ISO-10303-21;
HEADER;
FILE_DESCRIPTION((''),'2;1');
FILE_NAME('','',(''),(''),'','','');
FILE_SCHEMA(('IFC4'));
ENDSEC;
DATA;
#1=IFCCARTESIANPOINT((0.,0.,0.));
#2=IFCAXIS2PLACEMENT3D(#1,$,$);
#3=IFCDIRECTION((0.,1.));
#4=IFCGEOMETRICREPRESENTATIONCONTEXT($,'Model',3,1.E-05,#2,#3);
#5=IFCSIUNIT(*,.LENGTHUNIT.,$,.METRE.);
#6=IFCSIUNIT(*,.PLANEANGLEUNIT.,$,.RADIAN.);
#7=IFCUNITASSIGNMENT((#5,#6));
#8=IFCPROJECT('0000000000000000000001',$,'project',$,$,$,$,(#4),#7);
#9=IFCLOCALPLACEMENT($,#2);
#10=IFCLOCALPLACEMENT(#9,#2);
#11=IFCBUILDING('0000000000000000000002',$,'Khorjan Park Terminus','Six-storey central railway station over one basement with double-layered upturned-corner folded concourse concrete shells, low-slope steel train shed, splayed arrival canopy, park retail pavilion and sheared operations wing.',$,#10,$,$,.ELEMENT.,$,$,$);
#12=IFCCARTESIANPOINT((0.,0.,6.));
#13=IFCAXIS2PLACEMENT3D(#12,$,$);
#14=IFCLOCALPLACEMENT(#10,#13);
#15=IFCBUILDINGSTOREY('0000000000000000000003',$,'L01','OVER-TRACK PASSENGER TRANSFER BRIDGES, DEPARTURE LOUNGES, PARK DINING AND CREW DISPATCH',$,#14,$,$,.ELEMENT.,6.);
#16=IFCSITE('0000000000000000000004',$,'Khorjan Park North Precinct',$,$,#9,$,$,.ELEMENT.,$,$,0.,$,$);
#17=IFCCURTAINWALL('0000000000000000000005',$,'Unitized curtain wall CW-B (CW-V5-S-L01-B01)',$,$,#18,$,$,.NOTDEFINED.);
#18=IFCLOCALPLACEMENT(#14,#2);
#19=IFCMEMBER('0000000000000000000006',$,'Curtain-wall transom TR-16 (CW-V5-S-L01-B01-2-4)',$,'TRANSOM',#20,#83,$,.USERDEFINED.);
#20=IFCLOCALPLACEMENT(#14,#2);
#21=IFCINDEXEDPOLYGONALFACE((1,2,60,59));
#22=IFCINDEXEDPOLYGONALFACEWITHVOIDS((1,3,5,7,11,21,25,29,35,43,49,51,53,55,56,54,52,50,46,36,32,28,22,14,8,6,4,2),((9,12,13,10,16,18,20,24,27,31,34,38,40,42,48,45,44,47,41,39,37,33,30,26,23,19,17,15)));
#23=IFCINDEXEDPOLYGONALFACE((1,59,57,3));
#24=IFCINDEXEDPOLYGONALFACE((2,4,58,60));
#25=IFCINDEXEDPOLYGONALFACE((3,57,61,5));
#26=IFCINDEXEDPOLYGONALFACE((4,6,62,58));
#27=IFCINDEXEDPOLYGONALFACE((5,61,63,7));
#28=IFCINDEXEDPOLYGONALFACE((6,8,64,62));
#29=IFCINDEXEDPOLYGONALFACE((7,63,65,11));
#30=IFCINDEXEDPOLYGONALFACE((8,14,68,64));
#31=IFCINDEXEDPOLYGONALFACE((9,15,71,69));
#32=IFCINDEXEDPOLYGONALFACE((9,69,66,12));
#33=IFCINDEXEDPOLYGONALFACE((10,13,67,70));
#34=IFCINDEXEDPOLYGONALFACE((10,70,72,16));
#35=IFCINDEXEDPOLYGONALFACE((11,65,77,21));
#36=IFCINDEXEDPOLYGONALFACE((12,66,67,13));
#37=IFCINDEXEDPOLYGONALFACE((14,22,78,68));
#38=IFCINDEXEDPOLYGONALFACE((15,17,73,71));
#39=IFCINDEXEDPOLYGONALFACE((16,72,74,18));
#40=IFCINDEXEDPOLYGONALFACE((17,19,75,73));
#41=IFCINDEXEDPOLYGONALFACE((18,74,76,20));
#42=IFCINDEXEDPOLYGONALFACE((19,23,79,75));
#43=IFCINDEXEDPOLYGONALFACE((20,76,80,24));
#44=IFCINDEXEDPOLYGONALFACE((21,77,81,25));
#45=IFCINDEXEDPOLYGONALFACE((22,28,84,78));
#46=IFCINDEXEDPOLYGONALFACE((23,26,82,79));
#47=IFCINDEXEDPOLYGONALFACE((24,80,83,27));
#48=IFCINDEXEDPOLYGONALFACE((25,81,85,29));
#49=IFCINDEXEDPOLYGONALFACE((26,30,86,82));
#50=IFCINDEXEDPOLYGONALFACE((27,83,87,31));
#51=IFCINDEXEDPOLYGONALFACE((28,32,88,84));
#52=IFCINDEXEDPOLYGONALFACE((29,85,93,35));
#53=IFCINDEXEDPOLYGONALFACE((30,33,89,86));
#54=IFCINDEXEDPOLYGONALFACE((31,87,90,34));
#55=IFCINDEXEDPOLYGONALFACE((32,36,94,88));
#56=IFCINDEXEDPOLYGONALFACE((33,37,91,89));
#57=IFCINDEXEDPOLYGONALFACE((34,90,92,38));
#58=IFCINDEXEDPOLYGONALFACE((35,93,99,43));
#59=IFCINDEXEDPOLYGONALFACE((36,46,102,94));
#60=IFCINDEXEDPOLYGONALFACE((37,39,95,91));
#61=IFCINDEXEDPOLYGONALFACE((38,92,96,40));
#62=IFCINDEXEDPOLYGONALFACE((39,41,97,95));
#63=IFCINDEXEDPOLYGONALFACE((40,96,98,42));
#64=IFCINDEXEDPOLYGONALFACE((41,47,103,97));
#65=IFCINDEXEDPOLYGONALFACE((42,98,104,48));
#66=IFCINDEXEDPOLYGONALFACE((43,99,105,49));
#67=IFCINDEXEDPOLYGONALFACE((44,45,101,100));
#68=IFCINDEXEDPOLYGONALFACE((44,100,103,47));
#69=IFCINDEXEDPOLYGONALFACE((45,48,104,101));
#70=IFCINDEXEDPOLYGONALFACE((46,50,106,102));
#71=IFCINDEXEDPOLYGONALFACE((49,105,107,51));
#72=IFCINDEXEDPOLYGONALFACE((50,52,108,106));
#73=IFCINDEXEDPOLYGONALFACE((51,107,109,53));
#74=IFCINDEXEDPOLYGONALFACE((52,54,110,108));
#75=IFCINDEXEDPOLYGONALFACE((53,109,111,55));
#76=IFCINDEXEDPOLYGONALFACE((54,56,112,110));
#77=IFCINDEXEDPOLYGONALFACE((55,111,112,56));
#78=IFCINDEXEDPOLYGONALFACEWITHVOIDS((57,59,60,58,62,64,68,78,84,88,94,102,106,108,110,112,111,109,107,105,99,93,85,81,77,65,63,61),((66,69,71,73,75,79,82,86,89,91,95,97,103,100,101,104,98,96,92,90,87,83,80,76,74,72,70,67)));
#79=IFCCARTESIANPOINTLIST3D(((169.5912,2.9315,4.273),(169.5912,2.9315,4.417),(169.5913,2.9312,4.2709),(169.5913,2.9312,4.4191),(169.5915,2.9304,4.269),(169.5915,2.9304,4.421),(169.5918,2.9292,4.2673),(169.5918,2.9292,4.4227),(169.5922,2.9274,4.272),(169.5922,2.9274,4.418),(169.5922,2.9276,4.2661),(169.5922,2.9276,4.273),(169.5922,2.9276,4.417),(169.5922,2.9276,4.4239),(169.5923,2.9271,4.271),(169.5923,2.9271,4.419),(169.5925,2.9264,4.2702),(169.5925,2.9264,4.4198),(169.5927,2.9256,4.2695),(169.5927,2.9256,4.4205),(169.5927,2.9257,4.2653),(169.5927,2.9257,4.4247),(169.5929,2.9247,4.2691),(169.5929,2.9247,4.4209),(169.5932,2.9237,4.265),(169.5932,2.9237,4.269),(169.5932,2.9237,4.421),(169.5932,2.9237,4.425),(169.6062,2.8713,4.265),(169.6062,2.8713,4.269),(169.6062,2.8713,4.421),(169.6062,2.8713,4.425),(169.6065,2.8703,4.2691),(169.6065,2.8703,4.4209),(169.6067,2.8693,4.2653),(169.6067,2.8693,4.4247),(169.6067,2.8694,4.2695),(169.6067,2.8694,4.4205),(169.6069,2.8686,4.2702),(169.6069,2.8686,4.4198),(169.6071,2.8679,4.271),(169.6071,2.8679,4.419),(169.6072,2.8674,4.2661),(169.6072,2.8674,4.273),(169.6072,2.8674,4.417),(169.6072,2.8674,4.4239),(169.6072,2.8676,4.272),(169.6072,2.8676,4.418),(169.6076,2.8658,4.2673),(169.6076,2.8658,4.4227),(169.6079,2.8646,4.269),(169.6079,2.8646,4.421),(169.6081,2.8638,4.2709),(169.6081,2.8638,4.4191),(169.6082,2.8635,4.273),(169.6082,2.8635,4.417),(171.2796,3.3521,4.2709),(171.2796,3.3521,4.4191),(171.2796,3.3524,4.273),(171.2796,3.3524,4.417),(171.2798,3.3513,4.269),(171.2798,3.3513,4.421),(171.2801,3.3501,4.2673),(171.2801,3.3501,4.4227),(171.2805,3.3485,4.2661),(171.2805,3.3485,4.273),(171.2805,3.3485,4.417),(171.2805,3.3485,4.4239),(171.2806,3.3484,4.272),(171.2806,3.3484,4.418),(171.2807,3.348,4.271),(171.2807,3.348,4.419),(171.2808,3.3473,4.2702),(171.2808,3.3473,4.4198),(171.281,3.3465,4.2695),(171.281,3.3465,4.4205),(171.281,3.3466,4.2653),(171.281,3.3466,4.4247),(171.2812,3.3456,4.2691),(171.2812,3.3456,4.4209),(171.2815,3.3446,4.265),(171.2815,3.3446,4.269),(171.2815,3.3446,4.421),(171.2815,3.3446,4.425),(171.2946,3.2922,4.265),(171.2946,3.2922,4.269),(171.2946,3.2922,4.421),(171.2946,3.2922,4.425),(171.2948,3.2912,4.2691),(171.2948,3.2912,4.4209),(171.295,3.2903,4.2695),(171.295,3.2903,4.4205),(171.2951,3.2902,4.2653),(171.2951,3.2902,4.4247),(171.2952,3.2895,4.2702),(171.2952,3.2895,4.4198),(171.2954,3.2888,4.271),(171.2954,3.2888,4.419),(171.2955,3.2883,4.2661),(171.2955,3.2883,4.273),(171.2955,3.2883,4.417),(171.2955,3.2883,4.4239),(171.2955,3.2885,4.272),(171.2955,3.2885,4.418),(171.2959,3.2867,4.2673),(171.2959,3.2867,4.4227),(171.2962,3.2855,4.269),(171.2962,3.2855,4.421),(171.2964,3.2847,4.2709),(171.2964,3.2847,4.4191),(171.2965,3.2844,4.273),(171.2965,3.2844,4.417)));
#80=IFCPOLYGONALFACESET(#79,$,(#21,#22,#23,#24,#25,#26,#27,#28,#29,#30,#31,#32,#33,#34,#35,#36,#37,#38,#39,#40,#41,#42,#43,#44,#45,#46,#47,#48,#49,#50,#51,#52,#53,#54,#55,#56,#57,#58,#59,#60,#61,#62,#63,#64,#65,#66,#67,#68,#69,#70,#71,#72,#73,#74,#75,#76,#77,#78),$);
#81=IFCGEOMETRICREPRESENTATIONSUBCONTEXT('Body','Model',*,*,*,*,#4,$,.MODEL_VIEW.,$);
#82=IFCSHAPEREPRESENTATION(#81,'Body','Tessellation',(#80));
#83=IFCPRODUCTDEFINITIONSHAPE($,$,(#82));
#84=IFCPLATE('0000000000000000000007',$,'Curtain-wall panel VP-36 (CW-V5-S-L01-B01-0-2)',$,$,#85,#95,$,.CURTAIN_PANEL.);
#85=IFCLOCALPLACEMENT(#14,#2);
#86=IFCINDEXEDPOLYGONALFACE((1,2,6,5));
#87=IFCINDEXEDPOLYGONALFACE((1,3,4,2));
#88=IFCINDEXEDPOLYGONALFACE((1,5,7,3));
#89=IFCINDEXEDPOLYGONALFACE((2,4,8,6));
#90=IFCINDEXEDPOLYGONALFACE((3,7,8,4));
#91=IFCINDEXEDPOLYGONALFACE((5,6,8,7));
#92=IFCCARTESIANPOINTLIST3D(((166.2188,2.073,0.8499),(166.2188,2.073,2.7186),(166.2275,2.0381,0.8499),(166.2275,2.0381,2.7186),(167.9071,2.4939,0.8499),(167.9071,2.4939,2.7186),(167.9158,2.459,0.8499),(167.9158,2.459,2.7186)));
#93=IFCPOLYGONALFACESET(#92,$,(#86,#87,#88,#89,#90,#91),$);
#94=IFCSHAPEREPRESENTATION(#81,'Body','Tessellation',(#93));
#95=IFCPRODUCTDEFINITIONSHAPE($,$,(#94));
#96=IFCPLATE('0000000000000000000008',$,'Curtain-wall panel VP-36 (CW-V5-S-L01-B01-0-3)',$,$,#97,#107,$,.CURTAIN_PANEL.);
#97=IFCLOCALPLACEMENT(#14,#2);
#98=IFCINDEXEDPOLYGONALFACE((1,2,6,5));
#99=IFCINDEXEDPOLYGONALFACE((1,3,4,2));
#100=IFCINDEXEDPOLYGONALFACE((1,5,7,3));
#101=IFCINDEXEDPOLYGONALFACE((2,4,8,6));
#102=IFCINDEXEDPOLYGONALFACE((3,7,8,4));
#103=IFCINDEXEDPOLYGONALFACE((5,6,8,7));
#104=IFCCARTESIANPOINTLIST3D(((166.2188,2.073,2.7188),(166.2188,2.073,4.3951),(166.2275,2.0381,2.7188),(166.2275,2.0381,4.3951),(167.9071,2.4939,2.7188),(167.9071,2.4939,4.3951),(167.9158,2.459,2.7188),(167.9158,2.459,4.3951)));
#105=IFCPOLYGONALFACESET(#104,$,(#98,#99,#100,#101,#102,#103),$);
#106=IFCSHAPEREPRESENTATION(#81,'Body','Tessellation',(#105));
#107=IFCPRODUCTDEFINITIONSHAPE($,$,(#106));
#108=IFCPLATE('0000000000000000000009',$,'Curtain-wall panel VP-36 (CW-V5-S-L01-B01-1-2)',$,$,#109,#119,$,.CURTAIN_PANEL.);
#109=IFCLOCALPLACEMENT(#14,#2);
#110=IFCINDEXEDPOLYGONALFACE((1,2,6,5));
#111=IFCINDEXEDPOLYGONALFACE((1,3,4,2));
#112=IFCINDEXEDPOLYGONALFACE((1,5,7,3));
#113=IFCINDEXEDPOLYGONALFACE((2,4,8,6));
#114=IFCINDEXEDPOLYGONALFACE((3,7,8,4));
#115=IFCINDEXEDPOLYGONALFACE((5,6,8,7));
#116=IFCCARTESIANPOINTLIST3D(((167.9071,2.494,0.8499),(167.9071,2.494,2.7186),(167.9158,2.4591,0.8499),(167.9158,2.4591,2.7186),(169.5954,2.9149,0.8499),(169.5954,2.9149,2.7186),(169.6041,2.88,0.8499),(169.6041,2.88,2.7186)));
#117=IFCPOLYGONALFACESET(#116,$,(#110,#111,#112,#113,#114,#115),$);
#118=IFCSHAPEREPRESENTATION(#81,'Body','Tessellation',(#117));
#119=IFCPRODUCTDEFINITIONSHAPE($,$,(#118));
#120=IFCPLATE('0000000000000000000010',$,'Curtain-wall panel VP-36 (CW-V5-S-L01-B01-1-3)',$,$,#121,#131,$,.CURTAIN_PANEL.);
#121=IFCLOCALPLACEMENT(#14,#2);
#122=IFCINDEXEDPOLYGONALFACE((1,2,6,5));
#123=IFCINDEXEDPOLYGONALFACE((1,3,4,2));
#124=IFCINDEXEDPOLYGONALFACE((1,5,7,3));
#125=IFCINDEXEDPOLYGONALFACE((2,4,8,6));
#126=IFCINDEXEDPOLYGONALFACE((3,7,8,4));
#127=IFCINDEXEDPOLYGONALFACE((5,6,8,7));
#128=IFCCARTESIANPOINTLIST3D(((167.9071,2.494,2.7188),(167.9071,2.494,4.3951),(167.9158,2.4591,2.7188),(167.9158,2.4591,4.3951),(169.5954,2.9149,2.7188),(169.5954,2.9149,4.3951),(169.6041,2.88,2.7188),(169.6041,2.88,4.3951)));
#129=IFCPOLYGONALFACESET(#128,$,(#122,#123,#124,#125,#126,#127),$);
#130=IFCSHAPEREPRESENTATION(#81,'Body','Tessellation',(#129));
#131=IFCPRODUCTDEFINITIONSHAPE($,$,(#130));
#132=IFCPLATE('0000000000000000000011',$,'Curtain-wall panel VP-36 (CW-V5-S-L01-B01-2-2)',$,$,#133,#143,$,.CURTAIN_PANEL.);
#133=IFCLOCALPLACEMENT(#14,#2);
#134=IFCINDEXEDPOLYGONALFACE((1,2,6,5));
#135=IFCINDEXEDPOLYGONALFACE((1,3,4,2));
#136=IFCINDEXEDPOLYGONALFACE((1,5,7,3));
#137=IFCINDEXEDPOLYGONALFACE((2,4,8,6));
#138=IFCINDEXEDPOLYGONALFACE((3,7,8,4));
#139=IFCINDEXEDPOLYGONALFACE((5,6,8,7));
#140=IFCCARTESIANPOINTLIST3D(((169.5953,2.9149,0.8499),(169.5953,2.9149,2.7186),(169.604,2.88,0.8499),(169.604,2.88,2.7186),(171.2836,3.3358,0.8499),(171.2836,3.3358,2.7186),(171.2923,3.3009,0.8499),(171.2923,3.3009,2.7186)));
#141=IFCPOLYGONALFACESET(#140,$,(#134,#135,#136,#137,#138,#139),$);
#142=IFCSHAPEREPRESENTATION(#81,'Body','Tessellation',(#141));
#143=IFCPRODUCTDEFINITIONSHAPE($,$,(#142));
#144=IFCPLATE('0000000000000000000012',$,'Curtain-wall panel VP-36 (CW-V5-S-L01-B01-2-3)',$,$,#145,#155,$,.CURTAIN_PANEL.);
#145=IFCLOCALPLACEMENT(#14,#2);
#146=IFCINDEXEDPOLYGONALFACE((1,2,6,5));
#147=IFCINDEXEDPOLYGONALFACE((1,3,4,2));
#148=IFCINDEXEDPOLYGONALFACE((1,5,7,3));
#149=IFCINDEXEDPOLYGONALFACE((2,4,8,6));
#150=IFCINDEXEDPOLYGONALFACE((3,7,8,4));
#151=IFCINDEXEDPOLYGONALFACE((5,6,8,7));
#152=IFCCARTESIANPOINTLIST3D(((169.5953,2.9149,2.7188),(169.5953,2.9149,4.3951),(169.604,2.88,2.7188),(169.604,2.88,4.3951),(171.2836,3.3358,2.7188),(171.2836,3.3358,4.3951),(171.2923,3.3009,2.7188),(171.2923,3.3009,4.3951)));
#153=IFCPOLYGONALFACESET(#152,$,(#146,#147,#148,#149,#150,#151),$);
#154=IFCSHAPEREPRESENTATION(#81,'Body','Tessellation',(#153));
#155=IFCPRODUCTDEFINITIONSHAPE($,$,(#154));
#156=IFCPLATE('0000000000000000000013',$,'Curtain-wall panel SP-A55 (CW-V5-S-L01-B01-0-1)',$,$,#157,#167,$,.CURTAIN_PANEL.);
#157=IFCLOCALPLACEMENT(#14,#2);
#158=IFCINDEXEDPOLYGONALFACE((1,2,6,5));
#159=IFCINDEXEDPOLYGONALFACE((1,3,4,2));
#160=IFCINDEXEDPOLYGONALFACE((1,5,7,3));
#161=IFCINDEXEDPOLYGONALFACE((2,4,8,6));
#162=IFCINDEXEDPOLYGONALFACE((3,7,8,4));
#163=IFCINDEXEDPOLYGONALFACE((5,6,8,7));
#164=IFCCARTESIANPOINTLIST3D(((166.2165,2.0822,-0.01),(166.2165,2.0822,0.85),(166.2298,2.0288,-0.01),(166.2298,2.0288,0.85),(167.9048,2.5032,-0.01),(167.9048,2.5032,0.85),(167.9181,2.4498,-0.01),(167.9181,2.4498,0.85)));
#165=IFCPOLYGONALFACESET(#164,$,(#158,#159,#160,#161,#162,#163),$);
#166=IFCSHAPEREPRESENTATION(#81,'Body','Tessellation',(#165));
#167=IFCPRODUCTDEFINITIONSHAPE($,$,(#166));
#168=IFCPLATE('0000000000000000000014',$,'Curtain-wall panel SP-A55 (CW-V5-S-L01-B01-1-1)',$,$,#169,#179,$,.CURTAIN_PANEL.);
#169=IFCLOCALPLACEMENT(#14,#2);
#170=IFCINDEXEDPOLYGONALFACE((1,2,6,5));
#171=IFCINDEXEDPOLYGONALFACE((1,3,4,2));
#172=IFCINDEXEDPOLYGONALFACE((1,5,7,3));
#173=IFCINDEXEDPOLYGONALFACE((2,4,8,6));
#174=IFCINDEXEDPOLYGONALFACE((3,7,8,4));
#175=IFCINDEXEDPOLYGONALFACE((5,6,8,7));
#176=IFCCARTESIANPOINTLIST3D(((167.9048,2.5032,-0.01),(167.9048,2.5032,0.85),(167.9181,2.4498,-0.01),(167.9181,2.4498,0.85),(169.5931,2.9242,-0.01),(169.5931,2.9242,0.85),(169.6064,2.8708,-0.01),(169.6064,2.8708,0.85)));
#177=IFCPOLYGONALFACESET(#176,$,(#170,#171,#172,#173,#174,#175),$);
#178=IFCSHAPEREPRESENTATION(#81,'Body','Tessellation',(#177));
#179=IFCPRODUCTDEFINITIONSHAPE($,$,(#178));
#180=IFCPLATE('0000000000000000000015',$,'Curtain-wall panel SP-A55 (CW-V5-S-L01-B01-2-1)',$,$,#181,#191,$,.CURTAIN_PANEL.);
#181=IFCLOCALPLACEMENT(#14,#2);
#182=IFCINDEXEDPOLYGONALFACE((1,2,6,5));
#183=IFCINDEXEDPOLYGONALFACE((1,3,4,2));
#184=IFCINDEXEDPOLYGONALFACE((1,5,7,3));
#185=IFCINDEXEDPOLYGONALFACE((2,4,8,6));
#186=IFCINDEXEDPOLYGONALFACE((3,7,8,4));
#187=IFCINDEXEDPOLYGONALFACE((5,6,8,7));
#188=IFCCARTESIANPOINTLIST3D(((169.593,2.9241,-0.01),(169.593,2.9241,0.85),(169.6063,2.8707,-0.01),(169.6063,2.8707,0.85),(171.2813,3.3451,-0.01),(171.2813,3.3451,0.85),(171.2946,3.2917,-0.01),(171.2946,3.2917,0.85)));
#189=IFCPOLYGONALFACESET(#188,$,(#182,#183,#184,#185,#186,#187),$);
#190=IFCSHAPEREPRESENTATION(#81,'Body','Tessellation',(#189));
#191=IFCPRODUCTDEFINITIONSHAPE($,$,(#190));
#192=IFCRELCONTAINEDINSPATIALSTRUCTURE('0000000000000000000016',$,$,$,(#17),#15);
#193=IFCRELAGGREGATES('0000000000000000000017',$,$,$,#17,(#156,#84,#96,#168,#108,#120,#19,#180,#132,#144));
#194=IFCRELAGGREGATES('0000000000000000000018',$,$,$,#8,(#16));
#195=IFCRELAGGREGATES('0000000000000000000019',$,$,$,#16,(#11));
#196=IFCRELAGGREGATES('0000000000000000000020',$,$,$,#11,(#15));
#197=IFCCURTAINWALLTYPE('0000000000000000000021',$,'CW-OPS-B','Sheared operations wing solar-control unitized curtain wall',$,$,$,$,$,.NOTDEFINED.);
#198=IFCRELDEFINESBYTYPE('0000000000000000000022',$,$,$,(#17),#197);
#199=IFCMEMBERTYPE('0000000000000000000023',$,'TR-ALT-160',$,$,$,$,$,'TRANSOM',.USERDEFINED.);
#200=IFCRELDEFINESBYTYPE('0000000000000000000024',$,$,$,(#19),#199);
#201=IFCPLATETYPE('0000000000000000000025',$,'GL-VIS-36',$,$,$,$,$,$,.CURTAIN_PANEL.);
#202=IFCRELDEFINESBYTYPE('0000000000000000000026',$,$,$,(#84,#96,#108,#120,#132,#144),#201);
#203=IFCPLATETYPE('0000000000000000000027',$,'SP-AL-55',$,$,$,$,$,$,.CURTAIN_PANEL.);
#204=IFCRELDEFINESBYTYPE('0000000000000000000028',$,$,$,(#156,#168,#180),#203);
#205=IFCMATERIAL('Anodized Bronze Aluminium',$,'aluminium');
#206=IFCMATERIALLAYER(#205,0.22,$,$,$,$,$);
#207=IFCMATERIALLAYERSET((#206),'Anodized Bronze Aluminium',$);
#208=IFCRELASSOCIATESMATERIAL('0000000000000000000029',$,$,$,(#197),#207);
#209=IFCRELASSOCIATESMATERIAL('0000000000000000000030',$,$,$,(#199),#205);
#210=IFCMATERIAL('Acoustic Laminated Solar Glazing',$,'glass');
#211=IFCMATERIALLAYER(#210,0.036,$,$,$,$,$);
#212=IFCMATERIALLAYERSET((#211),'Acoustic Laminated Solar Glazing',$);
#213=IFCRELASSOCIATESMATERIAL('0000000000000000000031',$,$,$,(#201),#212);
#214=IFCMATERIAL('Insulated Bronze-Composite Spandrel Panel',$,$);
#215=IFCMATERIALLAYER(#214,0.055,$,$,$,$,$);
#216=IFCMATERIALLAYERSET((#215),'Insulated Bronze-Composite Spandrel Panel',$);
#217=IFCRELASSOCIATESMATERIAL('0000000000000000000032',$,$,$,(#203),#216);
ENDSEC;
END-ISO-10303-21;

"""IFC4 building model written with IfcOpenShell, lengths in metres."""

from ifc_helpers import new_model, si_unit, direction, frame, origin, origin_2d, place, context, subcontext, project, spatial, rectangle, hollow_rectangle, extrude, material, layer, layer_set, material_profile, profile_set, type_object, element, aggregate, save


model = new_model("IFC4")

# Units and contexts
model_context = context("Model", 3, precision=1e-05, world=origin(), true_north=direction((0.0, 1.0)))
body_context = subcontext(model_context, "Body", "Model", "MODEL_VIEW")
ifc_project = project(units=[si_unit("LENGTHUNIT", "METRE"), si_unit("PLANEANGLEUNIT", "RADIAN")], contexts=[model_context])

# Site, building, storey
site_placement = place(None, origin())
site = spatial("IfcSite", under=ifc_project, at=site_placement, Name="Khorjan Park North Precinct", CompositionType="ELEMENT", RefElevation=0.0)
building_placement = place(site_placement, origin())
building = spatial("IfcBuilding", under=site, at=building_placement, Name="Khorjan Park Terminus", Description="Six-storey central railway station over one basement with double-layered upturned-corner folded concourse concrete shells, low-slope steel train shed, splayed arrival canopy, park retail pavilion and sheared operations wing.", CompositionType="ELEMENT")
storey_placement = place(building_placement, frame((0.0, 0.0, 6.0)))
storey = spatial("IfcBuildingStorey", under=building, at=storey_placement, Name="L01", Description="OVER-TRACK PASSENGER TRANSFER BRIDGES, DEPARTURE LOUNGES, PARK DINING AND CREW DISPATCH", CompositionType="ELEMENT", Elevation=6.0)

# Curtain wall, member, plates
ifc_material_1 = material(Name="Anodized Bronze Aluminium", Category="aluminium")
ifc_layer_1 = layer(ifc_material_1, 0.22)
ifc_layer_set_1 = layer_set([ifc_layer_1], Name="Anodized Bronze Aluminium")
curtain_wall_type = type_object("IfcCurtainWallType", Name="CW-OPS-B", Description="Sheared operations wing solar-control unitized curtain wall", PredefinedType="NOTDEFINED", material=ifc_layer_set_1)
curtain_wall_placement = place(storey_placement, origin())
curtain_wall = element("IfcCurtainWall", 1, at=curtain_wall_placement, inside=storey, type_object=curtain_wall_type, Name="Unitized curtain wall CW-B (CW-V5-S-L01-B01)", PredefinedType="NOTDEFINED")
ifc_material_profile_1 = material_profile(ifc_material_1, hollow_rectangle(XDim=0.07, YDim=0.16, WallThickness=0.004, InnerFilletRadius=0.004, OuterFilletRadius=0.008, at=origin_2d()), Name="ALT 70x160x4")
ifc_profile_set_1 = profile_set([ifc_material_profile_1], Name="Anodized Bronze Aluminium")
member_type_1 = type_object("IfcMemberType", Name="TR-ALT-160", ElementType="TRANSOM", PredefinedType="USERDEFINED", material=ifc_profile_set_1)
member_1_placement = place(storey_placement, frame((169.5997, 2.8975, 4.345), z_axis=(0.970301, 0.2419, 0.0), x_axis=(-0.2419, 0.970301, 0.0)))
member_1 = element("IfcMember", 2, at=member_1_placement, type_object=member_type_1, Name="Curtain-wall transom TR-16 (CW-V5-S-L01-B01-2-4)", ObjectType="TRANSOM", PredefinedType="USERDEFINED", context=body_context, shape_type="SweptSolid", body=[
    extrude(hollow_rectangle(XDim=0.07, YDim=0.16, WallThickness=0.004, InnerFilletRadius=0.004, OuterFilletRadius=0.008, at=origin_2d()), origin(), (0.0, 0.0, 1.0), 1.74),
])
ifc_material_2 = material(Name="Acoustic Laminated Solar Glazing", Category="glass")
ifc_layer_2 = layer(ifc_material_2, 0.036)
ifc_layer_set_2 = layer_set([ifc_layer_2], Name="Acoustic Laminated Solar Glazing")
plate_type_1 = type_object("IfcPlateType", Name="GL-VIS-36", PredefinedType="CURTAIN_PANEL", material=ifc_layer_set_2)
plate_1_placement = place(storey_placement, frame((167.0673, 2.266, 0.8499), z_axis=(0.0, 0.0, 1.0), x_axis=(0.970296, 0.241923, 0.0)))
plate_1 = element("IfcPlate", 3, at=plate_1_placement, type_object=plate_type_1, Name="Curtain-wall panel VP-36 (CW-V5-S-L01-B01-0-2)", PredefinedType="CURTAIN_PANEL", context=body_context, shape_type="SweptSolid", body=[
    extrude(rectangle(XDim=1.74, YDim=0.036, at=origin_2d()), origin(), (0.0, 0.0, 1.0), 1.8687),
])
plate_2_placement = place(storey_placement, frame((167.0673, 2.266, 2.7188), z_axis=(0.0, 0.0, 1.0), x_axis=(0.970296, 0.241923, 0.0)))
plate_2 = element("IfcPlate", 4, at=plate_2_placement, type_object=plate_type_1, Name="Curtain-wall panel VP-36 (CW-V5-S-L01-B01-0-3)", PredefinedType="CURTAIN_PANEL", context=body_context, shape_type="SweptSolid", body=[
    extrude(rectangle(XDim=1.74, YDim=0.036, at=origin_2d()), origin(), (0.0, 0.0, 1.0), 1.6763),
])
plate_3_placement = place(storey_placement, frame((168.7556, 2.687, 0.8499), z_axis=(0.0, 0.0, 1.0), x_axis=(0.970296, 0.241923, 0.0)))
plate_3 = element("IfcPlate", 5, at=plate_3_placement, type_object=plate_type_1, Name="Curtain-wall panel VP-36 (CW-V5-S-L01-B01-1-2)", PredefinedType="CURTAIN_PANEL", context=body_context, shape_type="SweptSolid", body=[
    extrude(rectangle(XDim=1.74, YDim=0.036, at=origin_2d()), origin(), (0.0, 0.0, 1.0), 1.8687),
])
plate_4_placement = place(storey_placement, frame((168.7556, 2.687, 2.7188), z_axis=(0.0, 0.0, 1.0), x_axis=(0.970296, 0.241923, 0.0)))
plate_4 = element("IfcPlate", 6, at=plate_4_placement, type_object=plate_type_1, Name="Curtain-wall panel VP-36 (CW-V5-S-L01-B01-1-3)", PredefinedType="CURTAIN_PANEL", context=body_context, shape_type="SweptSolid", body=[
    extrude(rectangle(XDim=1.74, YDim=0.036, at=origin_2d()), origin(), (0.0, 0.0, 1.0), 1.6763),
])
plate_5_placement = place(storey_placement, frame((170.4438, 3.1079, 0.8499), z_axis=(0.0, 0.0, 1.0), x_axis=(0.970296, 0.241923, 0.0)))
plate_5 = element("IfcPlate", 7, at=plate_5_placement, type_object=plate_type_1, Name="Curtain-wall panel VP-36 (CW-V5-S-L01-B01-2-2)", PredefinedType="CURTAIN_PANEL", context=body_context, shape_type="SweptSolid", body=[
    extrude(rectangle(XDim=1.74, YDim=0.036, at=origin_2d()), origin(), (0.0, 0.0, 1.0), 1.8687),
])
plate_6_placement = place(storey_placement, frame((170.4438, 3.1079, 2.7188), z_axis=(0.0, 0.0, 1.0), x_axis=(0.970296, 0.241923, 0.0)))
plate_6 = element("IfcPlate", 8, at=plate_6_placement, type_object=plate_type_1, Name="Curtain-wall panel VP-36 (CW-V5-S-L01-B01-2-3)", PredefinedType="CURTAIN_PANEL", context=body_context, shape_type="SweptSolid", body=[
    extrude(rectangle(XDim=1.74, YDim=0.036, at=origin_2d()), origin(), (0.0, 0.0, 1.0), 1.6763),
])
ifc_material_3 = material(Name="Insulated Bronze-Composite Spandrel Panel")
ifc_layer_3 = layer(ifc_material_3, 0.055)
ifc_layer_set_3 = layer_set([ifc_layer_3], Name="Insulated Bronze-Composite Spandrel Panel")
plate_type_2 = type_object("IfcPlateType", Name="SP-AL-55", PredefinedType="CURTAIN_PANEL", material=ifc_layer_set_3)
plate_7_placement = place(storey_placement, frame((167.0673, 2.266, -0.01), z_axis=(0.0, 0.0, 1.0), x_axis=(0.970296, 0.241923, 0.0)))
plate_7 = element("IfcPlate", 9, at=plate_7_placement, type_object=plate_type_2, Name="Curtain-wall panel SP-A55 (CW-V5-S-L01-B01-0-1)", PredefinedType="CURTAIN_PANEL", context=body_context, shape_type="SweptSolid", body=[
    extrude(rectangle(XDim=1.74, YDim=0.055, at=origin_2d()), origin(), (0.0, 0.0, 1.0), 0.86),
])
plate_8_placement = place(storey_placement, frame((168.7556, 2.687, -0.01), z_axis=(0.0, 0.0, 1.0), x_axis=(0.970296, 0.241923, 0.0)))
plate_8 = element("IfcPlate", 10, at=plate_8_placement, type_object=plate_type_2, Name="Curtain-wall panel SP-A55 (CW-V5-S-L01-B01-1-1)", PredefinedType="CURTAIN_PANEL", context=body_context, shape_type="SweptSolid", body=[
    extrude(rectangle(XDim=1.74, YDim=0.055, at=origin_2d()), origin(), (0.0, 0.0, 1.0), 0.86),
])
plate_9_placement = place(storey_placement, frame((170.4438, 3.1079, -0.01), z_axis=(0.0, 0.0, 1.0), x_axis=(0.970296, 0.241923, 0.0)))
plate_9 = element("IfcPlate", 11, at=plate_9_placement, type_object=plate_type_2, Name="Curtain-wall panel SP-A55 (CW-V5-S-L01-B01-2-1)", PredefinedType="CURTAIN_PANEL", context=body_context, shape_type="SweptSolid", body=[
    extrude(rectangle(XDim=1.74, YDim=0.055, at=origin_2d()), origin(), (0.0, 0.0, 1.0), 0.86),
])
aggregate(curtain_wall, [plate_7, plate_1, plate_2, plate_8, plate_3, plate_4, member_1, plate_9, plate_5, plate_6])

save(model, "model.ifc")
